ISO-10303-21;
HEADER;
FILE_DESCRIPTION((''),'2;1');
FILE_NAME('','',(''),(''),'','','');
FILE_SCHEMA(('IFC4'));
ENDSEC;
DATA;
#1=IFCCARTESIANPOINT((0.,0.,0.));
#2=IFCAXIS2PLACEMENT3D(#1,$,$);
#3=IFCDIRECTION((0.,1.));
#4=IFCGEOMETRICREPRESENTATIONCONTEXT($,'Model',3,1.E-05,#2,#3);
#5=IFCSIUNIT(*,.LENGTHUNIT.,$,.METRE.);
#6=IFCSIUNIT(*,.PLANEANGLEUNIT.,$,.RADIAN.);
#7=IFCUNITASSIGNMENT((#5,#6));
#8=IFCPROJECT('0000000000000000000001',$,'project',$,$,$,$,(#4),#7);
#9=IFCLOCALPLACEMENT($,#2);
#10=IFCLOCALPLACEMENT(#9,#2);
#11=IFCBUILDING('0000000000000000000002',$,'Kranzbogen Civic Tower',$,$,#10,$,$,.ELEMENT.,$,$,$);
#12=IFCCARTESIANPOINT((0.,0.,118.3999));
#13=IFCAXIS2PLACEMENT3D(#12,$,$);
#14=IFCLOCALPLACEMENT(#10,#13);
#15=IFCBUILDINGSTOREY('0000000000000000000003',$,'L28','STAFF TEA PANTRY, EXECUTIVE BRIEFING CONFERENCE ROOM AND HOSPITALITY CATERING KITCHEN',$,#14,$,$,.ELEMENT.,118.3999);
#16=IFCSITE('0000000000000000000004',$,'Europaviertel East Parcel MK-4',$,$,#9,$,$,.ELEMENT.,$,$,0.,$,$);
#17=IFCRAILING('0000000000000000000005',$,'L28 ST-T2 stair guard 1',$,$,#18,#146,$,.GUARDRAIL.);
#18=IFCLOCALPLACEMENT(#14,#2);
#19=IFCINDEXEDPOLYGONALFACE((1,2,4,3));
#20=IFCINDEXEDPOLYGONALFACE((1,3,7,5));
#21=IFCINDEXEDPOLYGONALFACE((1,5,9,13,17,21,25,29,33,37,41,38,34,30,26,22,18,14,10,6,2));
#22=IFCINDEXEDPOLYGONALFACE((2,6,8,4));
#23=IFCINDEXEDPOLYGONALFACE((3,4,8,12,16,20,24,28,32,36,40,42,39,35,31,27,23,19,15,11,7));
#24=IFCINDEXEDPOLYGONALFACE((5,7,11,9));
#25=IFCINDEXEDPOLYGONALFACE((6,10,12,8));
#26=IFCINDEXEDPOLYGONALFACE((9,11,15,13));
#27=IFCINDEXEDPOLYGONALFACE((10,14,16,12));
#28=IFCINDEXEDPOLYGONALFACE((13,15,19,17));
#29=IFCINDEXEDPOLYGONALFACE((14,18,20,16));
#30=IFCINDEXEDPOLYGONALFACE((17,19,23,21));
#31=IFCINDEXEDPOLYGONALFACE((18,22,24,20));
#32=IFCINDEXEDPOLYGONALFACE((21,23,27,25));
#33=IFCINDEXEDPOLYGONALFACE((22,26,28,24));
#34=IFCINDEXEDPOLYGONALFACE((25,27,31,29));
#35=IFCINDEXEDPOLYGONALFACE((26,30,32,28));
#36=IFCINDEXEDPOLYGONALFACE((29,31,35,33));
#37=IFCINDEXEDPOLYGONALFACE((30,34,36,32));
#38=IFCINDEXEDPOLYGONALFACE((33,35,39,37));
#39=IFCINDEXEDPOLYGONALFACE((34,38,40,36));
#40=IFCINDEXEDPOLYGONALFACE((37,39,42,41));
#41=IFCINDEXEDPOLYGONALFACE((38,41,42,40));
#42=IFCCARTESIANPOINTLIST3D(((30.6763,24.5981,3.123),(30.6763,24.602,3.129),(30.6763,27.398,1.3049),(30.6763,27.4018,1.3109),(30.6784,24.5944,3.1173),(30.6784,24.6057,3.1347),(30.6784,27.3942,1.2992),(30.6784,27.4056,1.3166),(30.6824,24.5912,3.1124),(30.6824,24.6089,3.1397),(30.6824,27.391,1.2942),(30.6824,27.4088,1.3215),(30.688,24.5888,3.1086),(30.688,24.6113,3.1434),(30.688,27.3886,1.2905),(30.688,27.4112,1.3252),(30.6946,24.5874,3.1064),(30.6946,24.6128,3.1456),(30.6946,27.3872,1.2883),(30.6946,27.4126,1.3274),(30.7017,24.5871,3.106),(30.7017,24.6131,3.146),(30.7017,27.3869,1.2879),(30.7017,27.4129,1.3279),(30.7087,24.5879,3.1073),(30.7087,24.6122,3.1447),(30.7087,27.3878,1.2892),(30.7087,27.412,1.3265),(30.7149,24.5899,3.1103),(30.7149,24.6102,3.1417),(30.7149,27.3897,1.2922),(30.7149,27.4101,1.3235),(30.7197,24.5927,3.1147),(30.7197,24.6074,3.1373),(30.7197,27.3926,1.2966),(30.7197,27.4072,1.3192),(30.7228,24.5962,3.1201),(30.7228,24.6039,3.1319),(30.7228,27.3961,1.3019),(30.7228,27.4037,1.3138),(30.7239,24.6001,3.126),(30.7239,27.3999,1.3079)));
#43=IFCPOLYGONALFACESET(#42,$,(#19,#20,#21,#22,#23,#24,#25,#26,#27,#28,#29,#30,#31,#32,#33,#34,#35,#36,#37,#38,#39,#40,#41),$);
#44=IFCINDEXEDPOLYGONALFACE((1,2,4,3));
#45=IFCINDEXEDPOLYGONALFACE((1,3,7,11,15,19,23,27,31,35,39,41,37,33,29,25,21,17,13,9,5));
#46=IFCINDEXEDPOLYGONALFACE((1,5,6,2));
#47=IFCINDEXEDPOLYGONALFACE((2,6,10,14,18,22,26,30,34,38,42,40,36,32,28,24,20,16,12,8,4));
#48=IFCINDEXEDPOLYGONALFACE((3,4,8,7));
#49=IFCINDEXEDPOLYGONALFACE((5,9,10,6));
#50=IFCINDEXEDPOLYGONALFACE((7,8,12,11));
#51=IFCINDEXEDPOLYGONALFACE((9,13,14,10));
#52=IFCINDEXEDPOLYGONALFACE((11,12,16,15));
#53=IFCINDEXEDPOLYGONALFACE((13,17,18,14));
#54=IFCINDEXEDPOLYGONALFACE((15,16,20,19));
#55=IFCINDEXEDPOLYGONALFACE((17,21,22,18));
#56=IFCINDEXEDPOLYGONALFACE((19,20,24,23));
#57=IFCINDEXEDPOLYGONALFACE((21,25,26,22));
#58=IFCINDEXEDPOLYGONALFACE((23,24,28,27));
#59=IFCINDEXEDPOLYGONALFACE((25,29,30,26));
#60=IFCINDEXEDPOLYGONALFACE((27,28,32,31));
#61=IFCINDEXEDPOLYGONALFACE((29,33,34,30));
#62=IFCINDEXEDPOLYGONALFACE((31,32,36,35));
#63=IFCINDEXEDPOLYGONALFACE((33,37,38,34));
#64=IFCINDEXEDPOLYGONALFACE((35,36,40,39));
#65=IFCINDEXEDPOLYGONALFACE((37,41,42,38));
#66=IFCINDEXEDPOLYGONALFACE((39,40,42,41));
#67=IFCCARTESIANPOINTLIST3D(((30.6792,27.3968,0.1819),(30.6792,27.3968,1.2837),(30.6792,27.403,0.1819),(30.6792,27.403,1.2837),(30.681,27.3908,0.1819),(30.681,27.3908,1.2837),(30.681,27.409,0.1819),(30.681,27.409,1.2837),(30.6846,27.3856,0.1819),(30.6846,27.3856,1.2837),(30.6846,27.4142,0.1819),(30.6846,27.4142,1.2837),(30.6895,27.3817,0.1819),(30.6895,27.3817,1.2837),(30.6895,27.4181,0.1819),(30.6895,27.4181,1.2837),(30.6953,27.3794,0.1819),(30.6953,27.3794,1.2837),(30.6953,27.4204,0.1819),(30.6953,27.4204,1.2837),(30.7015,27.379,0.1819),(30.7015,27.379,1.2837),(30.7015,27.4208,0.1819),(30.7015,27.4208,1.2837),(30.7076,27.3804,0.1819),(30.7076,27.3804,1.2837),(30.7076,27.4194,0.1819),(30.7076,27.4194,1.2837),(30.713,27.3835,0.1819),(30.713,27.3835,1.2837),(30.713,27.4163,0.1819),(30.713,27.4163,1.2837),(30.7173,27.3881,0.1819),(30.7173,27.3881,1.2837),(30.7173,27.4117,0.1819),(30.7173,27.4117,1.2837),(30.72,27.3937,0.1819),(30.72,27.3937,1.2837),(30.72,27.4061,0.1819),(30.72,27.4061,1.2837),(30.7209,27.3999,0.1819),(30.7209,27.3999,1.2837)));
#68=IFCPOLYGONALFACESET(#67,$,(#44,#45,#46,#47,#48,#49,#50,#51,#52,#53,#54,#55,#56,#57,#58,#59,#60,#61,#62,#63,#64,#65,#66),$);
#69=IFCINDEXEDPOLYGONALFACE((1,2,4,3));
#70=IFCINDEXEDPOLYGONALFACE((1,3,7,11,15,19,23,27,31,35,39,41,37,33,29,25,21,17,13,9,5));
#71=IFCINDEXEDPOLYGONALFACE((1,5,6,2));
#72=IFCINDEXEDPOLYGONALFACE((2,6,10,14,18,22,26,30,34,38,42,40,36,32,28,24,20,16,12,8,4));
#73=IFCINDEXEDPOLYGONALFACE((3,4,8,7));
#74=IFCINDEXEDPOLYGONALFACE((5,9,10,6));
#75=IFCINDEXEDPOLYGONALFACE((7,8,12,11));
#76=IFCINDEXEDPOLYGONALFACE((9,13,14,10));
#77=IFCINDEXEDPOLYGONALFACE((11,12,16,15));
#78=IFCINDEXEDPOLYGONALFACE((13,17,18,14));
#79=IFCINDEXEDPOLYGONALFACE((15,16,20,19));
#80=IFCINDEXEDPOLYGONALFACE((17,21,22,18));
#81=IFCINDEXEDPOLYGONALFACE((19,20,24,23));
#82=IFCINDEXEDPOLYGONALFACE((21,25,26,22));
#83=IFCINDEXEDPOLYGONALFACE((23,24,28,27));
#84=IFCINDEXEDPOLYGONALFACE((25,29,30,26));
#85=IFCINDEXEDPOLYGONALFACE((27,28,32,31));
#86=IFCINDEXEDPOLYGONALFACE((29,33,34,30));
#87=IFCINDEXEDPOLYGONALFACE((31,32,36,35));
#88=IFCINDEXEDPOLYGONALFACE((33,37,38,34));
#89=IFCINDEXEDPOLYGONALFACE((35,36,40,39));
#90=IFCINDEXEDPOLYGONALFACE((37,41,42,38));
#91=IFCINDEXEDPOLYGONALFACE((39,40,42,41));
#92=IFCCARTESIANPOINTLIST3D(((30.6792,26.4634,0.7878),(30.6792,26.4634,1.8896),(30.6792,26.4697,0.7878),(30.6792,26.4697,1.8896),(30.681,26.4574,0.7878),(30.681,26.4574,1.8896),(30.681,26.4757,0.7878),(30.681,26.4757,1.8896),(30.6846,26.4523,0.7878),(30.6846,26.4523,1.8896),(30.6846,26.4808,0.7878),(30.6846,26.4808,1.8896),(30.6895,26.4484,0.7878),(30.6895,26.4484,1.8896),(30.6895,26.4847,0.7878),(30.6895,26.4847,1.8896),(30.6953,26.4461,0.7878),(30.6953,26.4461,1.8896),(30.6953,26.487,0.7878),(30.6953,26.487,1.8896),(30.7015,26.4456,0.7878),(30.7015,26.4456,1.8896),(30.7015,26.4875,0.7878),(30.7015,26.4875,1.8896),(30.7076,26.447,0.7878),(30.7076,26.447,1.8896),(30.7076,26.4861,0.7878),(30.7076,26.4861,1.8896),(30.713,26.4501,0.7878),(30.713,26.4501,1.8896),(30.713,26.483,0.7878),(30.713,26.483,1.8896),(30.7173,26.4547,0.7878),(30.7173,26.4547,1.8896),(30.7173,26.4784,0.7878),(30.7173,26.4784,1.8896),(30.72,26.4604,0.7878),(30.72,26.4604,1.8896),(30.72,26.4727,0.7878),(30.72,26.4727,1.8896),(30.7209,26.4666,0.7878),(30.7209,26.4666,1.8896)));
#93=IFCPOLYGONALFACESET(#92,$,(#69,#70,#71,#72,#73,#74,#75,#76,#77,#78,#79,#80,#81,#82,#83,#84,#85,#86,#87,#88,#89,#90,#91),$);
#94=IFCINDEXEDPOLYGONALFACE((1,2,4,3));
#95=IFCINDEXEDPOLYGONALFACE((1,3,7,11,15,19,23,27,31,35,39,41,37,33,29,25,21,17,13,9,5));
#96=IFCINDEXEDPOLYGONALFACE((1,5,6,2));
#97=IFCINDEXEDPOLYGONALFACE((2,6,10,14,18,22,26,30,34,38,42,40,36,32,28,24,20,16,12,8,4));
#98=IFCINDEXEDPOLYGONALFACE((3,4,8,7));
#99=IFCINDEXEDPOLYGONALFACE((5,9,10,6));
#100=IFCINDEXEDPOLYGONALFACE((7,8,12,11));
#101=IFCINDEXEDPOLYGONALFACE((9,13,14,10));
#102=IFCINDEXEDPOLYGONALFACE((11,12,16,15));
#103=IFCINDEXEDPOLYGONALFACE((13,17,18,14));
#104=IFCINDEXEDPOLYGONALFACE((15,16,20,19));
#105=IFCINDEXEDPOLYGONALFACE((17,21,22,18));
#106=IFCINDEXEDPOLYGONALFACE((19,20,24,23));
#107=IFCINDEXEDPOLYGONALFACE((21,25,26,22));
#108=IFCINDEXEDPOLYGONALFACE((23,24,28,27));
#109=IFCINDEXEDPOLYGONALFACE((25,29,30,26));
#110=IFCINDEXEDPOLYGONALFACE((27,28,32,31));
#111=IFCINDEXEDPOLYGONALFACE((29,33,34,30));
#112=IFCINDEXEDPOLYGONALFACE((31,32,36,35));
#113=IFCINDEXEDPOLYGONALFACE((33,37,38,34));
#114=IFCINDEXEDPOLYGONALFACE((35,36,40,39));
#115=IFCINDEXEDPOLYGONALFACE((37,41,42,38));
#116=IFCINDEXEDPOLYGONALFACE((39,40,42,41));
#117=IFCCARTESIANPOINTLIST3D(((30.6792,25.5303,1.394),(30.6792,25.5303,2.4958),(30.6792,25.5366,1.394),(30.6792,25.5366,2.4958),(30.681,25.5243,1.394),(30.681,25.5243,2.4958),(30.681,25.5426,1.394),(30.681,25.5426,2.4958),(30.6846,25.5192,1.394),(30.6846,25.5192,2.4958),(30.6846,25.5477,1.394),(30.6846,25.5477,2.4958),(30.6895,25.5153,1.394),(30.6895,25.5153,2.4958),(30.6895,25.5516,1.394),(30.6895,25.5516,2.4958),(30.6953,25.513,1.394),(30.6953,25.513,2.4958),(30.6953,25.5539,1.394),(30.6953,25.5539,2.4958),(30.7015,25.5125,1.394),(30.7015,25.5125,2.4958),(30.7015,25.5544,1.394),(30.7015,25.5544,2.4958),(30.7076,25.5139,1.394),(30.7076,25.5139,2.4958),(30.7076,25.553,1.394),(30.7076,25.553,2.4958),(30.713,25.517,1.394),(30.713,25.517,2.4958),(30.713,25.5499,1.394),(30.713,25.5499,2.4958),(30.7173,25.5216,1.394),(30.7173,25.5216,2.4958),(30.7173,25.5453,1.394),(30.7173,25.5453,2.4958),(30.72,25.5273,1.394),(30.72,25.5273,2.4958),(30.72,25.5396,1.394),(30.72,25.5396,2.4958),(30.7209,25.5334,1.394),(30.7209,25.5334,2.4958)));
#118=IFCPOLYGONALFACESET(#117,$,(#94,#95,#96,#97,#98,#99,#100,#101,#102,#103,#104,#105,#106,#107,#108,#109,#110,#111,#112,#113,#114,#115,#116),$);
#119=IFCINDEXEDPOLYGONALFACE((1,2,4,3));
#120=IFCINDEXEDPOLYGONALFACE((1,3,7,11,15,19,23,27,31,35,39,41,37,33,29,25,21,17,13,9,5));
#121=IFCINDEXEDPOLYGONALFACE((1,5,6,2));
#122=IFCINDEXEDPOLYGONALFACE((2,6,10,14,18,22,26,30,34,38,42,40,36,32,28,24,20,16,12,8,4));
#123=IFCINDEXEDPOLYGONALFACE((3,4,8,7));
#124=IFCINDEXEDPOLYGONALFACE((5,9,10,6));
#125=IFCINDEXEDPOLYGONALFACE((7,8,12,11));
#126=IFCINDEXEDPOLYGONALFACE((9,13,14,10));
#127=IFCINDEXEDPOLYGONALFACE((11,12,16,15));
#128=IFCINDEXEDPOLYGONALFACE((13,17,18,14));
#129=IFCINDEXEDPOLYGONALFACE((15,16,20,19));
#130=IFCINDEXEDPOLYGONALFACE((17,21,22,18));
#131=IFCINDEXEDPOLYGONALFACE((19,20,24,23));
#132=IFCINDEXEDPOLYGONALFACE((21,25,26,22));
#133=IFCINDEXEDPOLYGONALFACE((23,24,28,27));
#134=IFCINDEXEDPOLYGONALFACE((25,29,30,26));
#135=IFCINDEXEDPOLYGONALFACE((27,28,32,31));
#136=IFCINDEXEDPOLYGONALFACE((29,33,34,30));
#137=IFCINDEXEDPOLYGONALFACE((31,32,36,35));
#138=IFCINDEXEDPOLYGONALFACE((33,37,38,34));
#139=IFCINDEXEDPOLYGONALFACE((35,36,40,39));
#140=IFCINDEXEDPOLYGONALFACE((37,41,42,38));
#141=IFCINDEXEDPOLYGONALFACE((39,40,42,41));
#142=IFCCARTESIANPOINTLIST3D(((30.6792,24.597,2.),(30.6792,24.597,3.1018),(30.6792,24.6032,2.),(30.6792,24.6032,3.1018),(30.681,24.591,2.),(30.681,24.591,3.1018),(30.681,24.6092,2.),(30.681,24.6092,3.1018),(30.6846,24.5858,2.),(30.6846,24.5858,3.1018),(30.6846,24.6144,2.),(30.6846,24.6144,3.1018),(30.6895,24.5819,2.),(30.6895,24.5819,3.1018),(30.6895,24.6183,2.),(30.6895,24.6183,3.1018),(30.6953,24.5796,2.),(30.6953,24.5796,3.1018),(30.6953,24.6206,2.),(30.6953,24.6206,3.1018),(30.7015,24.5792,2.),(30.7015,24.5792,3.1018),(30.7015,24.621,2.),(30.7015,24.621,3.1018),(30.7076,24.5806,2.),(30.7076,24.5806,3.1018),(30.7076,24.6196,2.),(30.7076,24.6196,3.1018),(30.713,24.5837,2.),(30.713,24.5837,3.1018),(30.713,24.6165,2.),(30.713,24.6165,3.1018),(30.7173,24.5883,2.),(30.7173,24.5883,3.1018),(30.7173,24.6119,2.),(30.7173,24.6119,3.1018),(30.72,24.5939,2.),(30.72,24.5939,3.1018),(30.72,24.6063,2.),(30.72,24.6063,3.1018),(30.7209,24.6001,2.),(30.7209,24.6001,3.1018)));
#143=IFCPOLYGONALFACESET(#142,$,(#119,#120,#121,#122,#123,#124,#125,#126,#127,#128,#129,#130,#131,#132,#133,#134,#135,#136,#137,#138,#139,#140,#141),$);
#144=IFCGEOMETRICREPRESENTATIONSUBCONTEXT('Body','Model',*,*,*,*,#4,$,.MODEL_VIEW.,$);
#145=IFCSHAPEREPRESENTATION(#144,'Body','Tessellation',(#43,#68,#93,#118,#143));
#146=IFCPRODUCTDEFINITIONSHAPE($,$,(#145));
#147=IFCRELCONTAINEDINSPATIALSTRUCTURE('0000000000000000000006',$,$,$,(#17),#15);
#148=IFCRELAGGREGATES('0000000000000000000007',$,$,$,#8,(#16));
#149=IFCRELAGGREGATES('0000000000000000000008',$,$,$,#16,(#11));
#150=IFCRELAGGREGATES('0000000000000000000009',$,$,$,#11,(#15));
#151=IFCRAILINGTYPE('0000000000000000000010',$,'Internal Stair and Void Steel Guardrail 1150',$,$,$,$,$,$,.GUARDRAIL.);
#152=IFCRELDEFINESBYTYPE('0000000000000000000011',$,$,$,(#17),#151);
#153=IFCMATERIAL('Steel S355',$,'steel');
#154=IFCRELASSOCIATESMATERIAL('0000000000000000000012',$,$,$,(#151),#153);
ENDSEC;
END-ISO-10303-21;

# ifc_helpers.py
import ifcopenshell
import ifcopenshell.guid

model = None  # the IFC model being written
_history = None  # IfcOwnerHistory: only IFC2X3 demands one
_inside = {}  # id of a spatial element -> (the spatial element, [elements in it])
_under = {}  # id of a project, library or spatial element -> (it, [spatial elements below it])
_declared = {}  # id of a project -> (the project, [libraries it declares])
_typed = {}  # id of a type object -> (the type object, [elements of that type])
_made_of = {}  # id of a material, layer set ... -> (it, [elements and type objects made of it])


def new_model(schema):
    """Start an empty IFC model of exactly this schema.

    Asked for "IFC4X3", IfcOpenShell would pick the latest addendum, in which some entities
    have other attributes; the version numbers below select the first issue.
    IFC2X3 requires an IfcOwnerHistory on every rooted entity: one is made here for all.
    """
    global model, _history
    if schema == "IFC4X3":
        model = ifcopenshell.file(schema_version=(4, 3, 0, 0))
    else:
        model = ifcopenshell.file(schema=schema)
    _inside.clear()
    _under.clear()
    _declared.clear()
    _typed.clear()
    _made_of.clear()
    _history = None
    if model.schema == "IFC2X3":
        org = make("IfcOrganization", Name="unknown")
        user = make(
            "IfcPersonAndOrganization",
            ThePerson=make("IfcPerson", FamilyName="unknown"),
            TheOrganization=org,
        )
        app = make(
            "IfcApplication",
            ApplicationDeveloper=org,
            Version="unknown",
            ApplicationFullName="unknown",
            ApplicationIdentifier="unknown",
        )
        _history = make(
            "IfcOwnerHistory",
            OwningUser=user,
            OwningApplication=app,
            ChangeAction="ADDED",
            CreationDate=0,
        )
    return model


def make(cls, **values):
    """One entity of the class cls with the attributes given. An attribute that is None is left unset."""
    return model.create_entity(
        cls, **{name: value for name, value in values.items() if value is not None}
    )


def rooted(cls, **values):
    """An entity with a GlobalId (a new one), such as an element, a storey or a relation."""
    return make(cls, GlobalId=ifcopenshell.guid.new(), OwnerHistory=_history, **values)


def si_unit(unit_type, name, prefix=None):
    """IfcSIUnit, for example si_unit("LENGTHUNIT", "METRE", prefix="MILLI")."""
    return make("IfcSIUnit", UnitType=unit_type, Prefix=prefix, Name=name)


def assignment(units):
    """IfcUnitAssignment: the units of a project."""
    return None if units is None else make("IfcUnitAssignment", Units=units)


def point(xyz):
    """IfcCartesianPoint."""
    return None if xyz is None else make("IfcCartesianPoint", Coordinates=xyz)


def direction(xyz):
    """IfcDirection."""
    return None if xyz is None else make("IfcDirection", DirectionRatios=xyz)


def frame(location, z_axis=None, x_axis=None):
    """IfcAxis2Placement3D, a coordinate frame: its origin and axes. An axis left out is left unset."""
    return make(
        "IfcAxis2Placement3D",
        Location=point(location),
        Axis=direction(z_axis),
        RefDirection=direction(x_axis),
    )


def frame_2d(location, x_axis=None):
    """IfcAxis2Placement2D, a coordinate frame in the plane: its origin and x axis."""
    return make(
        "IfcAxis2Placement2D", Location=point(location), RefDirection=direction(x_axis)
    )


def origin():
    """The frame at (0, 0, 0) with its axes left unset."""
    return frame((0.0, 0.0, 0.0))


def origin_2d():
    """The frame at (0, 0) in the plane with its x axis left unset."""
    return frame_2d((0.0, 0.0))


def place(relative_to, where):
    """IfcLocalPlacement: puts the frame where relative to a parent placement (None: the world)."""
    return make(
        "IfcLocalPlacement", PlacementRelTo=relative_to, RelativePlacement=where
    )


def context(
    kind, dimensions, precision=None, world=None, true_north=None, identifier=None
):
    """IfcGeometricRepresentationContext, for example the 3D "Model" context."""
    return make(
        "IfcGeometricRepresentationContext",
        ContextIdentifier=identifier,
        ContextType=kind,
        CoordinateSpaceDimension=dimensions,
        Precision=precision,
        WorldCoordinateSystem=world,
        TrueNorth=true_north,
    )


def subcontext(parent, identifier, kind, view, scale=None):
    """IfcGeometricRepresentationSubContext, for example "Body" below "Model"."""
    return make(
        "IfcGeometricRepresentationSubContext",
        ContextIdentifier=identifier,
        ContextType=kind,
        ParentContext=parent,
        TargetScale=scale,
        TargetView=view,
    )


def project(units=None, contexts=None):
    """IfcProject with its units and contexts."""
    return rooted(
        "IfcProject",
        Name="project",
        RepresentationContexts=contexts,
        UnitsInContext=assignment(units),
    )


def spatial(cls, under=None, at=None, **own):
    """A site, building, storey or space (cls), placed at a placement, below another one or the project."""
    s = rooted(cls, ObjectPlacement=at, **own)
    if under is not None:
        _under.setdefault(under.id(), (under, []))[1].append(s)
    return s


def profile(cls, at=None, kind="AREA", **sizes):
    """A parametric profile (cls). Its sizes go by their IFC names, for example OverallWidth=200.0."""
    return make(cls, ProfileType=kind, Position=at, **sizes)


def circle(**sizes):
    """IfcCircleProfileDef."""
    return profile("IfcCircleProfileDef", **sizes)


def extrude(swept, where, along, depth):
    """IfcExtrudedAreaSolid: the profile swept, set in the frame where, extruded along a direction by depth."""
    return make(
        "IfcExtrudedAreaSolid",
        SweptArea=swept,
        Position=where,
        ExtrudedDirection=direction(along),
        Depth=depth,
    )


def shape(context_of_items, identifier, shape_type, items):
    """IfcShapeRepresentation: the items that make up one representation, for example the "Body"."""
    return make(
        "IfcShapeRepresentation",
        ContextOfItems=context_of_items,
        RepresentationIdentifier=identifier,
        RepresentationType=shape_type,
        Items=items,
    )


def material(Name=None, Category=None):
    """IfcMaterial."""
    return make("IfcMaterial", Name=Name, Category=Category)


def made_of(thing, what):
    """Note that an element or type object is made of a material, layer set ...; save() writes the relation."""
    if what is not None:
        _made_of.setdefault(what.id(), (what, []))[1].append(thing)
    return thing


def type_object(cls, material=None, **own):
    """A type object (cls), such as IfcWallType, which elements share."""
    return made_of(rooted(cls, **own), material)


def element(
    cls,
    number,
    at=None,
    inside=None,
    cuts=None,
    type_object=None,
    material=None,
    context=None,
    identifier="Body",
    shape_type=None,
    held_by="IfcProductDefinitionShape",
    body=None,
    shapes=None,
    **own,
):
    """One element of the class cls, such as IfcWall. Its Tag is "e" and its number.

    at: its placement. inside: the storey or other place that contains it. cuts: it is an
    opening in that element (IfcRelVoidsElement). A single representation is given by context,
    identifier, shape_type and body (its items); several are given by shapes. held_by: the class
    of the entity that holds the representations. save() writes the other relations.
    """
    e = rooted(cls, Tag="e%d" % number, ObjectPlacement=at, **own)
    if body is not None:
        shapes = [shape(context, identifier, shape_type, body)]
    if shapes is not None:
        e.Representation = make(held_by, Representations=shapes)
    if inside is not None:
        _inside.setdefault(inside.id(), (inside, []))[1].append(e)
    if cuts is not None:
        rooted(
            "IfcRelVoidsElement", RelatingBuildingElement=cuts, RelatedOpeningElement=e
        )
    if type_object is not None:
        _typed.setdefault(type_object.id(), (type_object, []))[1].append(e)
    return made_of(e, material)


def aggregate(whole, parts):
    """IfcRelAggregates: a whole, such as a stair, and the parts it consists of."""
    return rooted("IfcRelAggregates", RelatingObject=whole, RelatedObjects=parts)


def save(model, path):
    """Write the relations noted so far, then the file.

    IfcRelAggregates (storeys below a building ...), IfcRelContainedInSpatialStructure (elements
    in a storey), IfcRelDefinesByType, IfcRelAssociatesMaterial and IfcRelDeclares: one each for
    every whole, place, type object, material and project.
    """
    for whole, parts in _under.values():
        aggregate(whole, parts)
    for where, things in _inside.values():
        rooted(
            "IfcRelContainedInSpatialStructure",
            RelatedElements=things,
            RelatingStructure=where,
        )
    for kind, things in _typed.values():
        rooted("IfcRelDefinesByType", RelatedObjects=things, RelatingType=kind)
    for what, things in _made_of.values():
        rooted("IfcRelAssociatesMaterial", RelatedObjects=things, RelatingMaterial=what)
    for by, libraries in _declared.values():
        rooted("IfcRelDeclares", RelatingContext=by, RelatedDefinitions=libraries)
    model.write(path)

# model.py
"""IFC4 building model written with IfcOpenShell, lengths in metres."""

from ifc_helpers import new_model, si_unit, direction, frame, origin, origin_2d, place, context, subcontext, project, spatial, circle, extrude, material, type_object, element, save


model = new_model("IFC4")

# Units and contexts
model_context = context("Model", 3, precision=1e-05, world=origin(), true_north=direction((0.0, 1.0)))
body_context = subcontext(model_context, "Body", "Model", "MODEL_VIEW")
ifc_project = project(units=[si_unit("LENGTHUNIT", "METRE"), si_unit("PLANEANGLEUNIT", "RADIAN")], contexts=[model_context])

# Site, building, storey
site_placement = place(None, origin())
site = spatial("IfcSite", under=ifc_project, at=site_placement, Name="Europaviertel East Parcel MK-4", CompositionType="ELEMENT", RefElevation=0.0)
building_placement = place(site_placement, origin())
building = spatial("IfcBuilding", under=site, at=building_placement, Name="Kranzbogen Civic Tower", CompositionType="ELEMENT")
storey_placement = place(building_placement, frame((0.0, 0.0, 118.3999)))
storey = spatial("IfcBuildingStorey", under=building, at=storey_placement, Name="L28", Description="STAFF TEA PANTRY, EXECUTIVE BRIEFING CONFERENCE ROOM AND HOSPITALITY CATERING KITCHEN", CompositionType="ELEMENT", Elevation=118.3999)

# Shared definitions
ifc_material_1 = material(Name="Steel S355", Category="steel")

# Railing
railing_type_1 = type_object("IfcRailingType", Name="Internal Stair and Void Steel Guardrail 1150", PredefinedType="GUARDRAIL", material=ifc_material_1)
railing_1_placement = place(storey_placement, frame((30.7, 27.3999, 0.1819)))
element("IfcRailing", 1, at=railing_1_placement, inside=storey, type_object=railing_type_1, Name="L28 ST-T2 stair guard 1", PredefinedType="GUARDRAIL", context=body_context, shape_type="SweptSolid", body=[
    extrude(circle(Radius=0.0239, at=origin_2d()), frame((0.0, 0.0, 1.126), z_axis=(0.0, -0.838684, 0.544618), x_axis=(1.0, 0.0, 0.0)), (0.0, 0.0, 1.0), 3.3384),
    extrude(circle(Radius=0.021, at=origin_2d()), origin(), (0.0, 0.0, 1.0), 1.1018),
    extrude(circle(Radius=0.021, at=origin_2d()), frame((0.0, -0.9333, 0.606)), (0.0, 0.0, 1.0), 1.1018),
    extrude(circle(Radius=0.021, at=origin_2d()), frame((0.0, -1.8665, 1.2122)), (0.0, 0.0, 1.0), 1.1018),
    extrude(circle(Radius=0.021, at=origin_2d()), frame((0.0, -2.7998, 1.8181)), (0.0, 0.0, 1.0), 1.1018),
])

save(model, "model.ifc")
